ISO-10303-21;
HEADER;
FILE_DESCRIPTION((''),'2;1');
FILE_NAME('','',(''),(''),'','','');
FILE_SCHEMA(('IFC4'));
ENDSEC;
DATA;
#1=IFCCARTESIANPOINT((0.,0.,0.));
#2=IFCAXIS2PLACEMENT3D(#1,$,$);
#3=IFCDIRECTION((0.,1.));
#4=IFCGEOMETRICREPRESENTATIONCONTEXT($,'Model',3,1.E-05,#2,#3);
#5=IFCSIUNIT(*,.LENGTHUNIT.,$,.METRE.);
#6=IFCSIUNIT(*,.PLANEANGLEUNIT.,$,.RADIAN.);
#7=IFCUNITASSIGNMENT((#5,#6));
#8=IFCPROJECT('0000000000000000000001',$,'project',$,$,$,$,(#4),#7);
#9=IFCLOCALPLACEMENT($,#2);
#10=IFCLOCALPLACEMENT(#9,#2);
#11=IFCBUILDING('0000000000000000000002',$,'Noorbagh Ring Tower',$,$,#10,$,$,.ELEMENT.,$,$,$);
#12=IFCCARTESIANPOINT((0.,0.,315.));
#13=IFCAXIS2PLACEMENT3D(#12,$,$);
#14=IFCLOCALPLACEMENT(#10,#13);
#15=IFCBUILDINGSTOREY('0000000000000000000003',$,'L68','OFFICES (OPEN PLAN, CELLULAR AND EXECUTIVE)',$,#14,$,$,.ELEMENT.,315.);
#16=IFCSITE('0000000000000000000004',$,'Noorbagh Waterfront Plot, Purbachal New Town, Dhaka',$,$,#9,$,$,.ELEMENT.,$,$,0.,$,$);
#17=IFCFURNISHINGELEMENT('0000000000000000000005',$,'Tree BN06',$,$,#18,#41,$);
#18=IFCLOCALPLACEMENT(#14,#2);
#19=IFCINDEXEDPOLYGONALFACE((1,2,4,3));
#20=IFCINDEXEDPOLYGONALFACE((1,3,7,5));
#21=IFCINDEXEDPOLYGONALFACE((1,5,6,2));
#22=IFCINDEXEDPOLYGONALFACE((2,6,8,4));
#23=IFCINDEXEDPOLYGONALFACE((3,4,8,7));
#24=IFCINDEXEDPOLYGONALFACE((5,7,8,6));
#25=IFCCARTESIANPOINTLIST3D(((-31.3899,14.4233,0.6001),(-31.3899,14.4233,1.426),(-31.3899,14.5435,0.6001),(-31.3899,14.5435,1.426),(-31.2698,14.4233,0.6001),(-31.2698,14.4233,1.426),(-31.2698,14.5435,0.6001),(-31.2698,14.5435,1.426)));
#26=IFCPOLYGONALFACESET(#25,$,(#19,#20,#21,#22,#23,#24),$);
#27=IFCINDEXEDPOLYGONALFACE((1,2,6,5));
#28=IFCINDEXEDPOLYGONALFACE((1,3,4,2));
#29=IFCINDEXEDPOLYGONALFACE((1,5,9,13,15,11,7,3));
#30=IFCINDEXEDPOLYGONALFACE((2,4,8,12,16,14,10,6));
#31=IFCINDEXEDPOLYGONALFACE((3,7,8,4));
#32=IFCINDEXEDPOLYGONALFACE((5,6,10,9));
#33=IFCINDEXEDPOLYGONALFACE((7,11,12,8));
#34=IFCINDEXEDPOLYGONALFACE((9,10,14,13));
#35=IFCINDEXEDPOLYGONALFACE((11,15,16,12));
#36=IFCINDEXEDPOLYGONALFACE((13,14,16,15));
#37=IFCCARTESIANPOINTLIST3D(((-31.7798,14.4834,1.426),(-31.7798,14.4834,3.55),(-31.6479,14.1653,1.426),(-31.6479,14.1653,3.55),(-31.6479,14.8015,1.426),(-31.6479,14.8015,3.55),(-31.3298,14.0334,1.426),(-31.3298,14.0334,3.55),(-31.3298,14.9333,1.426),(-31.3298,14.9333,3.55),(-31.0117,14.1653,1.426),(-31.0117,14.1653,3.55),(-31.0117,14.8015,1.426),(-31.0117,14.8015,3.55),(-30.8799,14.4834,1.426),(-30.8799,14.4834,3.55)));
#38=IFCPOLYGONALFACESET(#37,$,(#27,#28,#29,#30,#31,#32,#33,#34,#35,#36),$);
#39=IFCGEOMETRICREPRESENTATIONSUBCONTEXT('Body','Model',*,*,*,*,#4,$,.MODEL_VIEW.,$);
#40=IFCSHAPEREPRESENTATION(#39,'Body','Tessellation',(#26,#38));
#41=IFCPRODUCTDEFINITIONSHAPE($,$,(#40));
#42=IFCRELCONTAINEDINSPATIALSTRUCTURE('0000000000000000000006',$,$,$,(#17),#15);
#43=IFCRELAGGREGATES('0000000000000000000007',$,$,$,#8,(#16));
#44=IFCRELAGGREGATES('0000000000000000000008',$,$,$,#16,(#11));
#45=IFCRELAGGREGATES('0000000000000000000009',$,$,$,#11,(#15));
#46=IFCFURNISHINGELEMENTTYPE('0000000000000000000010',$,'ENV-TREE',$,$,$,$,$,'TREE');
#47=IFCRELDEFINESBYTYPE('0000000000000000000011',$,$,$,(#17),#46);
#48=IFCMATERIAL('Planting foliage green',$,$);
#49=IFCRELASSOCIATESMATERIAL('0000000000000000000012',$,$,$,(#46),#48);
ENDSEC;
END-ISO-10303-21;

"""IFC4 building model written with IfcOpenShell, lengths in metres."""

from ifc_helpers import new_model, si_unit, direction, frame, origin, origin_2d, place, context, subcontext, project, spatial, polyline, rectangle, outline, extrude, material, type_object, element, save


model = new_model("IFC4")

# Units and contexts
model_context = context("Model", 3, precision=1e-05, world=origin(), true_north=direction((0.0, 1.0)))
body_context = subcontext(model_context, "Body", "Model", "MODEL_VIEW")
ifc_project = project(units=[si_unit("LENGTHUNIT", "METRE"), si_unit("PLANEANGLEUNIT", "RADIAN")], contexts=[model_context])

# Site, building, storey
site_placement = place(None, origin())
site = spatial("IfcSite", under=ifc_project, at=site_placement, Name="Noorbagh Waterfront Plot, Purbachal New Town, Dhaka", CompositionType="ELEMENT", RefElevation=0.0)
building_placement = place(site_placement, origin())
building = spatial("IfcBuilding", under=site, at=building_placement, Name="Noorbagh Ring Tower", CompositionType="ELEMENT")
storey_placement = place(building_placement, frame((0.0, 0.0, 315.0)))
storey = spatial("IfcBuildingStorey", under=building, at=storey_placement, Name="L68", Description="OFFICES (OPEN PLAN, CELLULAR AND EXECUTIVE)", CompositionType="ELEMENT", Elevation=315.0)

# Furnishing element
ifc_material_1 = material(Name="Planting foliage green")
furnishing_element_type = type_object("IfcFurnishingElementType", Name="ENV-TREE", ElementType="TREE", material=ifc_material_1)
furnishing_placement = place(storey_placement, frame((-31.3298, 14.4834, 0.6001), z_axis=(0.0, 0.0, 1.0), x_axis=(1.0, 0.0, 0.0)))
element("IfcFurnishingElement", 1, at=furnishing_placement, inside=storey, type_object=furnishing_element_type, Name="Tree BN06", context=body_context, shape_type="SweptSolid", body=[
    extrude(rectangle(XDim=0.1201, YDim=0.1201, at=origin_2d()), origin(), (0.0, 0.0, 1.0), 0.8259),
    extrude(outline(polyline([(0.45, 0.0), (0.3181, 0.3181), (0.0, 0.45), (-0.3181, 0.3181), (-0.45, 0.0), (-0.3181, -0.3181), (0.0, -0.45), (0.3181, -0.3181), (0.45, 0.0)])), frame((0.0, 0.0, 0.8259)), (0.0, 0.0, 1.0), 2.124),
])

save(model, "model.ifc")
